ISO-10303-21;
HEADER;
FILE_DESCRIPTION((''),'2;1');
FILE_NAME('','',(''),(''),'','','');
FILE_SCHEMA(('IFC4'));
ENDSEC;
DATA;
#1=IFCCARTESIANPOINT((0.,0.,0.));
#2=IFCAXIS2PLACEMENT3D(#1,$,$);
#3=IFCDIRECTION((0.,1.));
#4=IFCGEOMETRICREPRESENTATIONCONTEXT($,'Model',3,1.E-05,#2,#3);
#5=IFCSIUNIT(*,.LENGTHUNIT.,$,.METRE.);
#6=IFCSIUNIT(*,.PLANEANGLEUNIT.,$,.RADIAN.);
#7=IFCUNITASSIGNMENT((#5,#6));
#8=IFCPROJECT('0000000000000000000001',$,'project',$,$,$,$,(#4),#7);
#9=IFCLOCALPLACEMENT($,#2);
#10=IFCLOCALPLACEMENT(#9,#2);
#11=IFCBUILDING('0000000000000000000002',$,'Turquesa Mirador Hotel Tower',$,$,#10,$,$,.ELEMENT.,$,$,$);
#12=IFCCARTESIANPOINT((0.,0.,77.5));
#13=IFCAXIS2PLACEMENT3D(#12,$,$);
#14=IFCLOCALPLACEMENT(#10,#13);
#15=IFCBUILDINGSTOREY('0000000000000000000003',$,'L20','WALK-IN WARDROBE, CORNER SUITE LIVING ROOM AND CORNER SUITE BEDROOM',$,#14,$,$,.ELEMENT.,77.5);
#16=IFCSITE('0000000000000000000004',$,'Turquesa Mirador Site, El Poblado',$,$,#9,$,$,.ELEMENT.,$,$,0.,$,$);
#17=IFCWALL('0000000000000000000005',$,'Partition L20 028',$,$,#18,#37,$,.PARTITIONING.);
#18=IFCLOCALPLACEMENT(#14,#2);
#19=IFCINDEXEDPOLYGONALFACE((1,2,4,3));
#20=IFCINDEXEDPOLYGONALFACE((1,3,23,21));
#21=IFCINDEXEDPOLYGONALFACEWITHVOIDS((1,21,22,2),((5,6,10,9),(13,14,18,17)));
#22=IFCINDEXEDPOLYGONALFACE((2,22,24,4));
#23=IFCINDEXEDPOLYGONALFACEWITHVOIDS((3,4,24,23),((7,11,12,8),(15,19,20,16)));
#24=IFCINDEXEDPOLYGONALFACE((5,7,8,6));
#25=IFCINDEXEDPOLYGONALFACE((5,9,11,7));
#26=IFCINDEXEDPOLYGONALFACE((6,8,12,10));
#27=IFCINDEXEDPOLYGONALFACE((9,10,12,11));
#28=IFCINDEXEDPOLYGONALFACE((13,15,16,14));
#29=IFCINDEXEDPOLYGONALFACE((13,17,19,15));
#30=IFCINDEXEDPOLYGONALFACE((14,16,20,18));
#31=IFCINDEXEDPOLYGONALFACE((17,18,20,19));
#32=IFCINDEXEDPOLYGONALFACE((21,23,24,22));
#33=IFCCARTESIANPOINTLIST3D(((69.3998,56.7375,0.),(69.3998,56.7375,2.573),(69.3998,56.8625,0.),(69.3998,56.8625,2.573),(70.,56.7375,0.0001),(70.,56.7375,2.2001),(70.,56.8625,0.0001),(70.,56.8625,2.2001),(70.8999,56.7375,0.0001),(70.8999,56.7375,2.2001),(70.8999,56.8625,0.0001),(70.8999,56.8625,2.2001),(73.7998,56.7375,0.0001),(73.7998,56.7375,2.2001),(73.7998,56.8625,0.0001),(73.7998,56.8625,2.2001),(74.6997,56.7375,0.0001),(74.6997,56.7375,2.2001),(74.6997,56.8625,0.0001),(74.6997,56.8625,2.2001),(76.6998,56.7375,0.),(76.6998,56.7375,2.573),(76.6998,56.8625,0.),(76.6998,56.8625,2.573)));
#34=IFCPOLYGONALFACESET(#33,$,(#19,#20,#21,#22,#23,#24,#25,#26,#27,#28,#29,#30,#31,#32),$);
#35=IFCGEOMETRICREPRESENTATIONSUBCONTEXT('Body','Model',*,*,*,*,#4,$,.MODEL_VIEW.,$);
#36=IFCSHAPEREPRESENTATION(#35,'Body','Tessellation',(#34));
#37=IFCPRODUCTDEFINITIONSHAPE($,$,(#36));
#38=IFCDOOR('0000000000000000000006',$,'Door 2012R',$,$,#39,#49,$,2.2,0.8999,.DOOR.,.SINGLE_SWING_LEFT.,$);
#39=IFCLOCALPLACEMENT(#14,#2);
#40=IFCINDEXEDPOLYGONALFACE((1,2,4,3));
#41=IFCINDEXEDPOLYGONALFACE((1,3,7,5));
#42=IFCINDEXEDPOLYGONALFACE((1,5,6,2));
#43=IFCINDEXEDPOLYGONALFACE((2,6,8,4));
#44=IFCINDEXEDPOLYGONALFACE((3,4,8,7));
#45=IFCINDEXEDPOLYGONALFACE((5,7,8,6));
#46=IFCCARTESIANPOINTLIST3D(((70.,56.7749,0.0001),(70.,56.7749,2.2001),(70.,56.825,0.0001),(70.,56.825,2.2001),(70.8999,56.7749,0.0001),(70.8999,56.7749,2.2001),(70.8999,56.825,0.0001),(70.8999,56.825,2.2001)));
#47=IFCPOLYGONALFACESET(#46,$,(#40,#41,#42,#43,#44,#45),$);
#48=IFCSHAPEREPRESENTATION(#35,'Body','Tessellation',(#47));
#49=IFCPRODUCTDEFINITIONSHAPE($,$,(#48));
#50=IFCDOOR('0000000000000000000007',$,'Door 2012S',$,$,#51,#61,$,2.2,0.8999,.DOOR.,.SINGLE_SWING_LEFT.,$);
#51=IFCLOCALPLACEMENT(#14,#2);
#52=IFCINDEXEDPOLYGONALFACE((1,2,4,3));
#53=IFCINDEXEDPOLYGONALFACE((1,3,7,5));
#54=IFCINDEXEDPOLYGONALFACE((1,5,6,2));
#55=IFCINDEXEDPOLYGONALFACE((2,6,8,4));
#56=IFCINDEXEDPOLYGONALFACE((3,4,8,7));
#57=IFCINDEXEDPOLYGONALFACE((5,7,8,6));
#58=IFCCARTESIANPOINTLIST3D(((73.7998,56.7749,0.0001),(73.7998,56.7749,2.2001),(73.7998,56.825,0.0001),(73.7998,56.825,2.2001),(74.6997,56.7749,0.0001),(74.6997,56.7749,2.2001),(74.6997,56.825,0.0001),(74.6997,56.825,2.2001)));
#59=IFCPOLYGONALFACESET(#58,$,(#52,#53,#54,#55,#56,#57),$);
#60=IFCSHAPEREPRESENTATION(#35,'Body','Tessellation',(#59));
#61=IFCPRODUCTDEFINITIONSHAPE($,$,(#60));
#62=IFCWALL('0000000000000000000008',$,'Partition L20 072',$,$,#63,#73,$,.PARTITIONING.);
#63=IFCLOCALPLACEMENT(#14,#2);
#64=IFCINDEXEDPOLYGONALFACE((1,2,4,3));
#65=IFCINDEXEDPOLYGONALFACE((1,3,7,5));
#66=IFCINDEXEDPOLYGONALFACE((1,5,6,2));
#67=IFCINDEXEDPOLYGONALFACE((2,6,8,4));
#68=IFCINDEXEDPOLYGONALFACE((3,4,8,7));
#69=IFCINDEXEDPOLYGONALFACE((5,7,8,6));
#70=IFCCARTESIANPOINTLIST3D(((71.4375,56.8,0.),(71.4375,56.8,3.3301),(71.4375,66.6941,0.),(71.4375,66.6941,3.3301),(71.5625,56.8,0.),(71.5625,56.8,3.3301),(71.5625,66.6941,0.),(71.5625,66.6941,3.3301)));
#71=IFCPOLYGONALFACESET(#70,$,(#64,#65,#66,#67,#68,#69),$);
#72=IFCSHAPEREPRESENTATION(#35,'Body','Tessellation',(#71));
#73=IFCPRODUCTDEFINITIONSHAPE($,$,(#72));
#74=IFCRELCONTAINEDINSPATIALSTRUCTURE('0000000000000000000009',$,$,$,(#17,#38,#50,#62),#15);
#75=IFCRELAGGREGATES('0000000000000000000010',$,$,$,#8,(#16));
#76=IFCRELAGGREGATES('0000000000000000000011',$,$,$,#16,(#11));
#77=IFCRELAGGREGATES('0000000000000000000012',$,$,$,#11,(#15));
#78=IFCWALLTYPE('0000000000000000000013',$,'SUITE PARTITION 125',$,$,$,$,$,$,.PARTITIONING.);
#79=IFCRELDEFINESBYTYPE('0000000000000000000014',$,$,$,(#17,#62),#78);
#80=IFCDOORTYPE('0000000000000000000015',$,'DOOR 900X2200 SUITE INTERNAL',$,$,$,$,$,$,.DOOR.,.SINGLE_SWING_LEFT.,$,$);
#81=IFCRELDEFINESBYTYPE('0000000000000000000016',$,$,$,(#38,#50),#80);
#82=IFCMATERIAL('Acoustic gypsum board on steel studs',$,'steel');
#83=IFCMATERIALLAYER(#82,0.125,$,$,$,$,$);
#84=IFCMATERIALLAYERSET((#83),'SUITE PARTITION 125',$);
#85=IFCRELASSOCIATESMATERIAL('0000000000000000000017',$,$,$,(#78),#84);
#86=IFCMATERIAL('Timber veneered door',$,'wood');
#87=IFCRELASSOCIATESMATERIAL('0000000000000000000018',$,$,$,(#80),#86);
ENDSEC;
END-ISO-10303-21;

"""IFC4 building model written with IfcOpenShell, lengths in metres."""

from ifc_helpers import new_model, si_unit, direction, frame, frame_2d, origin, place, context, subcontext, project, spatial, rectangle, extrude, material, layer, layer_set, type_object, element, fill, save


model = new_model("IFC4")

# Units and contexts
model_context = context("Model", 3, precision=1e-05, world=origin(), true_north=direction((0.0, 1.0)))
body_context = subcontext(model_context, "Body", "Model", "MODEL_VIEW")
ifc_project = project(units=[si_unit("LENGTHUNIT", "METRE"), si_unit("PLANEANGLEUNIT", "RADIAN")], contexts=[model_context])

# Site, building, storey
site_placement = place(None, origin())
site = spatial("IfcSite", under=ifc_project, at=site_placement, Name="Turquesa Mirador Site, El Poblado", CompositionType="ELEMENT", RefElevation=0.0)
building_placement = place(site_placement, origin())
building = spatial("IfcBuilding", under=site, at=building_placement, Name="Turquesa Mirador Hotel Tower", CompositionType="ELEMENT")
storey_placement = place(building_placement, frame((0.0, 0.0, 77.5)))
storey = spatial("IfcBuildingStorey", under=building, at=storey_placement, Name="L20", Description="WALK-IN WARDROBE, CORNER SUITE LIVING ROOM AND CORNER SUITE BEDROOM", CompositionType="ELEMENT", Elevation=77.5)

# Wall, openings, doors
ifc_material_1 = material(Name="Acoustic gypsum board on steel studs", Category="steel")
ifc_layer_1 = layer(ifc_material_1, 0.125)
ifc_layer_set_1 = layer_set([ifc_layer_1], Name="SUITE PARTITION 125")
wall_type_1 = type_object("IfcWallType", Name="SUITE PARTITION 125", PredefinedType="PARTITIONING", material=ifc_layer_set_1)
wall_1_placement = place(storey_placement, frame((69.3999, 56.8, 0.0), z_axis=(0.0, 0.0, 1.0), x_axis=(1.0, 0.0, 0.0)))
wall_1 = element("IfcWall", 1, at=wall_1_placement, inside=storey, type_object=wall_type_1, Name="Partition L20 028", PredefinedType="PARTITIONING", context=body_context, shape_type="SweptSolid", body=[
    extrude(rectangle(XDim=7.3, YDim=0.125, at=frame_2d((3.6499, 0.0))), origin(), (0.0, 0.0, 1.0), 2.573),
])
opening_1_placement = place(wall_1_placement, frame((0.6001, 0.0, 0.0)))
opening_1 = element("IfcOpeningElement", 2, at=opening_1_placement, cuts=wall_1, PredefinedType="OPENING", context=body_context, shape_type="SweptSolid", body=[
    extrude(rectangle(XDim=0.8999, YDim=2.2, at=frame_2d((0.45, 1.1001))), frame((0.0, 0.0725, 0.0), z_axis=(0.0, -1.0, 0.0), x_axis=(1.0, 0.0, 0.0)), (0.0, 0.0, 1.0), 0.145),
])
opening_2_placement = place(wall_1_placement, frame((4.3999, 0.0, 0.0)))
opening_2 = element("IfcOpeningElement", 3, at=opening_2_placement, cuts=wall_1, PredefinedType="OPENING", context=body_context, shape_type="SweptSolid", body=[
    extrude(rectangle(XDim=0.8999, YDim=2.2, at=frame_2d((0.45, 1.1001))), frame((0.0, 0.0725, 0.0), z_axis=(0.0, -1.0, 0.0), x_axis=(1.0, 0.0, 0.0)), (0.0, 0.0, 1.0), 0.145),
])
ifc_material_2 = material(Name="Timber veneered door", Category="wood")
door_type_1 = type_object("IfcDoorType", Name="DOOR 900X2200 SUITE INTERNAL", OperationType="SINGLE_SWING_LEFT", PredefinedType="DOOR", material=ifc_material_2)
door_1_placement = place(opening_1_placement, origin())
door_1 = element("IfcDoor", 4, at=door_1_placement, inside=storey, type_object=door_type_1, Name="Door 2012R", OperationType="SINGLE_SWING_LEFT", OverallHeight=2.2, OverallWidth=0.8999, PredefinedType="DOOR", context=body_context, shape_type="SweptSolid", body=[
    extrude(rectangle(XDim=0.8999, YDim=2.2, at=frame_2d((0.45, 1.1001))), frame((0.0, 0.0249, 0.0), z_axis=(0.0, -1.0, 0.0), x_axis=(1.0, 0.0, 0.0)), (0.0, 0.0, 1.0), 0.05),
])
fill(opening_1, door_1)
door_2_placement = place(opening_2_placement, origin())
door_2 = element("IfcDoor", 5, at=door_2_placement, inside=storey, type_object=door_type_1, Name="Door 2012S", OperationType="SINGLE_SWING_LEFT", OverallHeight=2.2, OverallWidth=0.8999, PredefinedType="DOOR", context=body_context, shape_type="SweptSolid", body=[
    extrude(rectangle(XDim=0.8999, YDim=2.2, at=frame_2d((0.45, 1.1001))), frame((0.0, 0.0249, 0.0), z_axis=(0.0, -1.0, 0.0), x_axis=(1.0, 0.0, 0.0)), (0.0, 0.0, 1.0), 0.05),
])
fill(opening_2, door_2)

# Wall
wall_2_placement = place(storey_placement, frame((71.5, 56.8, 0.0), z_axis=(0.0, 0.0, 1.0), x_axis=(0.0, 1.0, 0.0)))
element("IfcWall", 6, at=wall_2_placement, inside=storey, type_object=wall_type_1, Name="Partition L20 072", PredefinedType="PARTITIONING", context=body_context, shape_type="SweptSolid", body=[
    extrude(rectangle(XDim=9.894, YDim=0.125, at=frame_2d((4.947, 0.0))), origin(), (0.0, 0.0, 1.0), 3.3301),
])

save(model, "model.ifc")
